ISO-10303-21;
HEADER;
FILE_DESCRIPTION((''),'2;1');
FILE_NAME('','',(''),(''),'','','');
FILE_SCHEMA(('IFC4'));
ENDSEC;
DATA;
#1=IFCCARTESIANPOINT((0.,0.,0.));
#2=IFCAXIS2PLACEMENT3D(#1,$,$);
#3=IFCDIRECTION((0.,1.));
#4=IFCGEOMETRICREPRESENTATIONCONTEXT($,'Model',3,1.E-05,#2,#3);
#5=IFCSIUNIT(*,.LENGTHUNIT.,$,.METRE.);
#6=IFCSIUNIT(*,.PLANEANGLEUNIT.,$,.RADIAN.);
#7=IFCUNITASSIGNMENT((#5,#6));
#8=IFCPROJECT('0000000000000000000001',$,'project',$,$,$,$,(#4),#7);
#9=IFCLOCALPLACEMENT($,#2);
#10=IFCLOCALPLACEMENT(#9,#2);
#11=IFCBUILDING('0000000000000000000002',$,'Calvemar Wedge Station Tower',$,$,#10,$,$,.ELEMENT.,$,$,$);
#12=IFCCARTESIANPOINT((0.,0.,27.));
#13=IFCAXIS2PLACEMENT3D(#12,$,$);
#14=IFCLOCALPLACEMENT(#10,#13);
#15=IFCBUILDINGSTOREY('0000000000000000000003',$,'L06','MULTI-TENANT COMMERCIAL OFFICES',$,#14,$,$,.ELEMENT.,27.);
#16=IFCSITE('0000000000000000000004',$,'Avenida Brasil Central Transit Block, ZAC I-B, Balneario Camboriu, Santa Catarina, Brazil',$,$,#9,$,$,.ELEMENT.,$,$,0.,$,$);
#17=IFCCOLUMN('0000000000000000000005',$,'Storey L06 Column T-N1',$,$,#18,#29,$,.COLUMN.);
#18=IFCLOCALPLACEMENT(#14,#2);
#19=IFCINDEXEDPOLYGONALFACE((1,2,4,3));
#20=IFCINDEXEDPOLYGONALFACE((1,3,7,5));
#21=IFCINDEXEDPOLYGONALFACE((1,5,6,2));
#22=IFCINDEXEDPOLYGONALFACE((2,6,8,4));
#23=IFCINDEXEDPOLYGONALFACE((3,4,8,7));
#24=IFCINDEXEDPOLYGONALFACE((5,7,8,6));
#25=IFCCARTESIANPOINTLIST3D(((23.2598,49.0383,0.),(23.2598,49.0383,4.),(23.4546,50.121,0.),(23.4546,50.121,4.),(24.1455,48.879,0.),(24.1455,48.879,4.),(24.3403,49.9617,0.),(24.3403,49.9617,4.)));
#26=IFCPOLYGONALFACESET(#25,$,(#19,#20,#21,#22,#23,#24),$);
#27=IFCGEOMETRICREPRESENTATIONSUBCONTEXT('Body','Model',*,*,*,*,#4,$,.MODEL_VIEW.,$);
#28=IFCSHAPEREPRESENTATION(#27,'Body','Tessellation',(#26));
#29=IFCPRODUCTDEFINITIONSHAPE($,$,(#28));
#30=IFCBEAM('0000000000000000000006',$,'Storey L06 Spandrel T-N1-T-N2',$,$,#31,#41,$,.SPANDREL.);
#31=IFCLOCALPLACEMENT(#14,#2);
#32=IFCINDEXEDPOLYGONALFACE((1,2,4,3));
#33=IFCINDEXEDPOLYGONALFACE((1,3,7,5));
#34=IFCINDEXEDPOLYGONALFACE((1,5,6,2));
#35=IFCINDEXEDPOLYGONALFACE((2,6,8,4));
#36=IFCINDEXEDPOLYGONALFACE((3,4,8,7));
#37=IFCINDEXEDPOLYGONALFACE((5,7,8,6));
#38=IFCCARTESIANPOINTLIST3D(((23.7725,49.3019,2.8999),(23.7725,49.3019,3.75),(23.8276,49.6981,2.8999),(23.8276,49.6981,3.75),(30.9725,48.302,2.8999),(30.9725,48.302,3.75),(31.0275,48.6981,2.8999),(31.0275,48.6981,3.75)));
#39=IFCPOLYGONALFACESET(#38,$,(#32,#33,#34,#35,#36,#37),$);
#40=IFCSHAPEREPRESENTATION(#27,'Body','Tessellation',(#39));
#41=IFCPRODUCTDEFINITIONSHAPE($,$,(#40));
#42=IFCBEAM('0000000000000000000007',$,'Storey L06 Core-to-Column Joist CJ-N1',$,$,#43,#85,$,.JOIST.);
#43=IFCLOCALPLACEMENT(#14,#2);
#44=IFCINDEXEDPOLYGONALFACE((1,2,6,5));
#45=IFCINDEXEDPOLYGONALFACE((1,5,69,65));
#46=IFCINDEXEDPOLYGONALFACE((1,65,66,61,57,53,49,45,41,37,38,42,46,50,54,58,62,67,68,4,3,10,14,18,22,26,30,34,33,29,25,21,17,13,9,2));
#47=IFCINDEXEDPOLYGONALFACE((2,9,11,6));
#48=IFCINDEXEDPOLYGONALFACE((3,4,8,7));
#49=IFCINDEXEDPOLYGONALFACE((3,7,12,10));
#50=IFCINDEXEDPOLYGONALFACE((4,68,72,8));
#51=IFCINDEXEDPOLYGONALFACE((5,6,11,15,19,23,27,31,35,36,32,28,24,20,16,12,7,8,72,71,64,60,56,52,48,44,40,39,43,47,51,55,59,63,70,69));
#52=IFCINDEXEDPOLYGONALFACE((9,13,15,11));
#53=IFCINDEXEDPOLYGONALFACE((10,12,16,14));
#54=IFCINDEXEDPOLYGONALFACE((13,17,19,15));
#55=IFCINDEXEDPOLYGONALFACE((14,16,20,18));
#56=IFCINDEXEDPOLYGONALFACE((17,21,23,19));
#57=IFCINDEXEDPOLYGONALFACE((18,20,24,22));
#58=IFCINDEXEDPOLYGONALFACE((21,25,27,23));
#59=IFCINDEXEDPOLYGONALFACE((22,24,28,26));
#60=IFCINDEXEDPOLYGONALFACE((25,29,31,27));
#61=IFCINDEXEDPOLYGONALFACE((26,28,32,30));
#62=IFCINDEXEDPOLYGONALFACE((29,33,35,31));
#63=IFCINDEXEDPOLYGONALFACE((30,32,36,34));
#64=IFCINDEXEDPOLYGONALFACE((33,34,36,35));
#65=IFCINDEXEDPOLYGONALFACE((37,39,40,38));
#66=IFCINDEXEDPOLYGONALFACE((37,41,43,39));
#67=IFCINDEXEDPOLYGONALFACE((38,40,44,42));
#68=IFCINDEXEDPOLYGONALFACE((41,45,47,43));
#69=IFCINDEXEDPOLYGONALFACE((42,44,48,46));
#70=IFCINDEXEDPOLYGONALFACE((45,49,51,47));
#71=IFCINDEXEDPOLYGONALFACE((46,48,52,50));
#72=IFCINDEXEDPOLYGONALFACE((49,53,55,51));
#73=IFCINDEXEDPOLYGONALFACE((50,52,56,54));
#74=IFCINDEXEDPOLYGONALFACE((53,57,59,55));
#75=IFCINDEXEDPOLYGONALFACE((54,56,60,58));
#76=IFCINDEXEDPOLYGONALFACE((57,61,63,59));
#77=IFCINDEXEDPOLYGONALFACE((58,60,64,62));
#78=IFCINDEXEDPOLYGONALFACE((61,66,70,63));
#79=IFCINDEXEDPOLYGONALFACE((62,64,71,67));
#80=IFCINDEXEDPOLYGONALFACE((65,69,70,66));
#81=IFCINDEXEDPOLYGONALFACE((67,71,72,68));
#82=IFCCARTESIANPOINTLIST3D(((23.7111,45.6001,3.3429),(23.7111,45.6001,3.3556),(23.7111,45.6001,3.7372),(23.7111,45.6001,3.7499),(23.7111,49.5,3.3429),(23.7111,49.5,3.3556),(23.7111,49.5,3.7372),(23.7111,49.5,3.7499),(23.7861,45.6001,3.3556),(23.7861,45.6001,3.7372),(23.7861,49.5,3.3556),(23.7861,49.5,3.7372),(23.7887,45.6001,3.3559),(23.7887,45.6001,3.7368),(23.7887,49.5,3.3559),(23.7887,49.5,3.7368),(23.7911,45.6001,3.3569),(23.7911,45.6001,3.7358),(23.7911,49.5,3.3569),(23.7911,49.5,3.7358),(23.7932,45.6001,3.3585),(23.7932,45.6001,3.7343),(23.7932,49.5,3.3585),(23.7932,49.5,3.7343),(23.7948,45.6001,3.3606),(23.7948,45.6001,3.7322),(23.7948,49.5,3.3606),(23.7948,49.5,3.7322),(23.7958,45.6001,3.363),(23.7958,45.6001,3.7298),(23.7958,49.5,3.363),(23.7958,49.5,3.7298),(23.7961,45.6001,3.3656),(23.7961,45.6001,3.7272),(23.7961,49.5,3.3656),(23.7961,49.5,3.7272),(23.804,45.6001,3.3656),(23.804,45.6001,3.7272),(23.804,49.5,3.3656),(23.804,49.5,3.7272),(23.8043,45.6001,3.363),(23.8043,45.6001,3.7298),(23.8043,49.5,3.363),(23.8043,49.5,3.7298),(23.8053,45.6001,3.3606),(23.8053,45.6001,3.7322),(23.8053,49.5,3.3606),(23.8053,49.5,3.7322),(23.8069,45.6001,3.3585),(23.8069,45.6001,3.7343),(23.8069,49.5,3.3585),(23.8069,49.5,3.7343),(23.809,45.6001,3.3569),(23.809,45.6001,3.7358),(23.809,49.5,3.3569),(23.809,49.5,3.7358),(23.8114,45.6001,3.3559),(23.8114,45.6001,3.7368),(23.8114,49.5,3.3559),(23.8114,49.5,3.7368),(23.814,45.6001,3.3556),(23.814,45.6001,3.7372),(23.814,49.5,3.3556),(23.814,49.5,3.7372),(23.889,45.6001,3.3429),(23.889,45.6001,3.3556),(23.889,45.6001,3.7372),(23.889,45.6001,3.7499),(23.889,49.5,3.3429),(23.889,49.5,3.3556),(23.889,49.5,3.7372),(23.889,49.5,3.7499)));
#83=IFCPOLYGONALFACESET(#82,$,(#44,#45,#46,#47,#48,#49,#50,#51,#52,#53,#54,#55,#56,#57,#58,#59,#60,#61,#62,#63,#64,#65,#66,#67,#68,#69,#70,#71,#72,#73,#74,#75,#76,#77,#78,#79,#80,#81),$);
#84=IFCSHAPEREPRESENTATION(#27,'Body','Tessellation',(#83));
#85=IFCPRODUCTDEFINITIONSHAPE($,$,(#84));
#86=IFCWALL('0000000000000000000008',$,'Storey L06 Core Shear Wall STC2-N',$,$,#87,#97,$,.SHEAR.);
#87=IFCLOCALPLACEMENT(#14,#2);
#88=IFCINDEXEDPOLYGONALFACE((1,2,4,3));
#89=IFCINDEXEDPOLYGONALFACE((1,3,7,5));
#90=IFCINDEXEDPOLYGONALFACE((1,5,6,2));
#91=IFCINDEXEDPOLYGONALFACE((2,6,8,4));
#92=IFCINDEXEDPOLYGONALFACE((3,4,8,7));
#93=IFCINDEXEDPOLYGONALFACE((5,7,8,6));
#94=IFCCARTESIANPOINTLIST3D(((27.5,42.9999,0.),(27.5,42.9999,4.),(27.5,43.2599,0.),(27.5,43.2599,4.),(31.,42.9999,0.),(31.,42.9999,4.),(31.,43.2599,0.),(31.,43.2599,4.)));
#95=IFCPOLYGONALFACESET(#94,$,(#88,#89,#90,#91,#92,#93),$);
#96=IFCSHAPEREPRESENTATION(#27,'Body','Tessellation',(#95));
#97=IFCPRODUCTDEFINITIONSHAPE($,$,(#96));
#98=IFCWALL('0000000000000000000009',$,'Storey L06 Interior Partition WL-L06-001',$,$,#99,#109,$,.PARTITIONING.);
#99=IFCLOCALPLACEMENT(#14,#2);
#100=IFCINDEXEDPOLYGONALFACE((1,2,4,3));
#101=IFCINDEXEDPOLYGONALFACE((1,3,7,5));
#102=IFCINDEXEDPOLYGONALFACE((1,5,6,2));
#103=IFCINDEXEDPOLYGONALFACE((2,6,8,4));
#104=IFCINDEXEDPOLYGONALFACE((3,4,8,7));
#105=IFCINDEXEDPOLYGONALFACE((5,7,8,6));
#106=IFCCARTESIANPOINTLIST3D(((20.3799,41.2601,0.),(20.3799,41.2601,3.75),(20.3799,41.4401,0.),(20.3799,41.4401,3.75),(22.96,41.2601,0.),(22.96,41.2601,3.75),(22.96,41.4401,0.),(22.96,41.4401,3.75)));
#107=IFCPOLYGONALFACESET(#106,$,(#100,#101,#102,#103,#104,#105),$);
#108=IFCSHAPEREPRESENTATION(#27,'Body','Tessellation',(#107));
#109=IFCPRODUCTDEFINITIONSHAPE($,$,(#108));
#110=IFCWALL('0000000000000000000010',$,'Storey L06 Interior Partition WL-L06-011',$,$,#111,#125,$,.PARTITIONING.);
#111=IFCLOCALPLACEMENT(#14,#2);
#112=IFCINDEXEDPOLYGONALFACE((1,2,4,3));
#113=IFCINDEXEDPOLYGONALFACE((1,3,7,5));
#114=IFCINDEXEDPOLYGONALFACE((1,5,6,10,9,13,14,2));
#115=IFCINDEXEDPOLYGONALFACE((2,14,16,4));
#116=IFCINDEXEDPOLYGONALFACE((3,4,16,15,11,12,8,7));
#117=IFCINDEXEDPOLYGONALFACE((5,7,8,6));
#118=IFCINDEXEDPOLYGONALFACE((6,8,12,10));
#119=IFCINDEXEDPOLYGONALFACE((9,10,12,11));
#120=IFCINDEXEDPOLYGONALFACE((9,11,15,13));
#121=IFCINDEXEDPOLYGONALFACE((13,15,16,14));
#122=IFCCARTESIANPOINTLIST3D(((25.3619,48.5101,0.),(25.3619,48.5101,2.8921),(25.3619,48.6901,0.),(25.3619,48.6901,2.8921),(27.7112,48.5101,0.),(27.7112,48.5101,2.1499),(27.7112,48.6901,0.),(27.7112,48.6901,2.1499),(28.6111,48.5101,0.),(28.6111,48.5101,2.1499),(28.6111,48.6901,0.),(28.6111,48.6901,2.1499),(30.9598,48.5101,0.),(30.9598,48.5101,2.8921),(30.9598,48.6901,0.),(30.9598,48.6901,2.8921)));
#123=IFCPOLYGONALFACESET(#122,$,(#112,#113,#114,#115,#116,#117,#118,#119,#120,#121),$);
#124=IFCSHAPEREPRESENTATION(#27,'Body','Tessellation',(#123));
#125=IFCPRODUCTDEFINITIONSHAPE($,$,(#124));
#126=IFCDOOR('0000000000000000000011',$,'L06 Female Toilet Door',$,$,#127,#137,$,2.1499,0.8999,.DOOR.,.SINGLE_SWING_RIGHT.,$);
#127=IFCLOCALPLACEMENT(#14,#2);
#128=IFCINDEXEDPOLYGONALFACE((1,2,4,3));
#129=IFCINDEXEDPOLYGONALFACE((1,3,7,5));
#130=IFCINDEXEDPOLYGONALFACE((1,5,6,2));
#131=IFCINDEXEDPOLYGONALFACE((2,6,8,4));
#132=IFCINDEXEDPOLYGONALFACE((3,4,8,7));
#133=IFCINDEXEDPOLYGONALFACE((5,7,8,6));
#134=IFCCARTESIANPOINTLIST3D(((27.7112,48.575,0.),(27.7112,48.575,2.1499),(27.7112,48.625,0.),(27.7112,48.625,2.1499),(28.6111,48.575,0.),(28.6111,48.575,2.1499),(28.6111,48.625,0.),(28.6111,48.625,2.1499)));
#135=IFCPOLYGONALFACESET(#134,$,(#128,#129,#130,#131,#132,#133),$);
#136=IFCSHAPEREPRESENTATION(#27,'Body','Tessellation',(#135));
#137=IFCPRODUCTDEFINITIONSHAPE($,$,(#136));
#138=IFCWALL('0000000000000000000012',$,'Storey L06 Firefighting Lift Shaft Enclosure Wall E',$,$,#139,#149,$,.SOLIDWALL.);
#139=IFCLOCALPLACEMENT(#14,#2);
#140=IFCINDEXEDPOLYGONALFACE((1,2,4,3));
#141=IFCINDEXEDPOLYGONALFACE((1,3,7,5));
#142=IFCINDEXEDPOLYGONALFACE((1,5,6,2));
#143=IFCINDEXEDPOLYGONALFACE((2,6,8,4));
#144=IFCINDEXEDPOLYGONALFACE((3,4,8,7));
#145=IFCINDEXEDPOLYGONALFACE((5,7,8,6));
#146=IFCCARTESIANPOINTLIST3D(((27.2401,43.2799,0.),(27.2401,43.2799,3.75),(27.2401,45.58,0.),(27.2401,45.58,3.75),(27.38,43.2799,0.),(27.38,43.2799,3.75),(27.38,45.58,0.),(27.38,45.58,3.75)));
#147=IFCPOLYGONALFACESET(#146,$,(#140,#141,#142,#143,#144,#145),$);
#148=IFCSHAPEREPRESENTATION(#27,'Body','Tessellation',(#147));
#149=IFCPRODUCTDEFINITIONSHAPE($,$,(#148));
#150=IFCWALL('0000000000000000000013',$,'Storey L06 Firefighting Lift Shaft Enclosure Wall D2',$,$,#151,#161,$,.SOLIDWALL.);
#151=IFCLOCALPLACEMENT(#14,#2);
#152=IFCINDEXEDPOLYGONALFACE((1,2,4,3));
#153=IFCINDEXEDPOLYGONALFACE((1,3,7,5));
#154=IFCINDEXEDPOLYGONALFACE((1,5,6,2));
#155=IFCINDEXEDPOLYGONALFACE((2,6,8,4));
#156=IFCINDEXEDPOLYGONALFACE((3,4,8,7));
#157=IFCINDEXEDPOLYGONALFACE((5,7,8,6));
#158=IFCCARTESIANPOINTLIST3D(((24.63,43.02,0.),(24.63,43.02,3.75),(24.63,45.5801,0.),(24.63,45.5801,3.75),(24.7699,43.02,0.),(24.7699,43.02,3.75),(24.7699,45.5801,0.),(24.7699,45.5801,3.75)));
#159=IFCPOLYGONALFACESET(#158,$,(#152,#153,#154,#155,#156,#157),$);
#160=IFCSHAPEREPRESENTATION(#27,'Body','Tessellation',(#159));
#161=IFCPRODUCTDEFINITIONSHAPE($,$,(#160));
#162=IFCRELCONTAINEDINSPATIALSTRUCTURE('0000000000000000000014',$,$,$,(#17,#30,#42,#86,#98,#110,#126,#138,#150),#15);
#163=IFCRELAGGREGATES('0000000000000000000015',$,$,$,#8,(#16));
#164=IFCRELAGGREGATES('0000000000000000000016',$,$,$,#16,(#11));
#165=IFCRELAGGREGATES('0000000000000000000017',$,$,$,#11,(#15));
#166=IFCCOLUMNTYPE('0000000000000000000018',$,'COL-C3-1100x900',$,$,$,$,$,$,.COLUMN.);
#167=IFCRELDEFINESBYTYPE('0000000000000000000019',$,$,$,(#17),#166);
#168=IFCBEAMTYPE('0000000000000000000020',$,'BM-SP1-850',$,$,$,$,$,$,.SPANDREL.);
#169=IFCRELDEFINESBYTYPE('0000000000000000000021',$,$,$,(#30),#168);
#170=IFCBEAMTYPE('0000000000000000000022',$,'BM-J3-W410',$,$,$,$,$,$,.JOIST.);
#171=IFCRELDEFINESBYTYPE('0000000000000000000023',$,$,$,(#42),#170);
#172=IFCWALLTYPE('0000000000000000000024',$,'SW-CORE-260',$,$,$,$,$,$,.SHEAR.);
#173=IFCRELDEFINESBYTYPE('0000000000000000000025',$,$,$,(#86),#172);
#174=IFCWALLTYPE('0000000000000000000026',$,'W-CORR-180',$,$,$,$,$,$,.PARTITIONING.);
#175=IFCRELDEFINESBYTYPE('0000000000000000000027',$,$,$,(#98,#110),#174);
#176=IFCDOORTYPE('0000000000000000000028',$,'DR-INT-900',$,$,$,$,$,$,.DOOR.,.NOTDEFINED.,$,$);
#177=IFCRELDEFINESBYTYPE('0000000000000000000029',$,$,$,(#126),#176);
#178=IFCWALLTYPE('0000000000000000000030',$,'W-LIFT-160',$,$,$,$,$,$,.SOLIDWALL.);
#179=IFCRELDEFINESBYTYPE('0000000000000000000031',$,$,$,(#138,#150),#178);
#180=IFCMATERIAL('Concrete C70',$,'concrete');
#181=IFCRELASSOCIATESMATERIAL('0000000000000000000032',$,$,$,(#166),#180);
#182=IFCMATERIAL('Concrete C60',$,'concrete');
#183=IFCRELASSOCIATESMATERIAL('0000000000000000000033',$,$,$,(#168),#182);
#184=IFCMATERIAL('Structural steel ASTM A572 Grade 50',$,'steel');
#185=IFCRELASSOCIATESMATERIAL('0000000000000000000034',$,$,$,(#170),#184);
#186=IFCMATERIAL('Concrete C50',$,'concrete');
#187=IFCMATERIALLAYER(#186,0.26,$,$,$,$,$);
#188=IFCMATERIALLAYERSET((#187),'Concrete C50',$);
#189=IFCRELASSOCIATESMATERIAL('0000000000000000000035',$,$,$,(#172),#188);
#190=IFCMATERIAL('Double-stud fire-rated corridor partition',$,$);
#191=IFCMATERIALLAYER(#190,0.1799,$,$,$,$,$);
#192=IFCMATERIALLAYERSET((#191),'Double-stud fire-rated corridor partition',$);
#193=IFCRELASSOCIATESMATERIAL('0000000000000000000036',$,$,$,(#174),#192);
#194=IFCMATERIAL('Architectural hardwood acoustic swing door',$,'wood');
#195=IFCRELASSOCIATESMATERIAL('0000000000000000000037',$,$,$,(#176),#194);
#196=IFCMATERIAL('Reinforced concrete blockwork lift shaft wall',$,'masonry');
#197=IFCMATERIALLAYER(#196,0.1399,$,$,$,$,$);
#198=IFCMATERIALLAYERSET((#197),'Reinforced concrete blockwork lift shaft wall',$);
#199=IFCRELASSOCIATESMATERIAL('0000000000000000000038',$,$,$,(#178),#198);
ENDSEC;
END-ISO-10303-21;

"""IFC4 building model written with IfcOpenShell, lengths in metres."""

from ifc_helpers import new_model, si_unit, direction, frame, frame_2d, origin, origin_2d, place, context, subcontext, project, spatial, rectangle, i_section, extrude, source, transform, mapped, material, layer, layer_set, material_profile, profile_set, type_object, element, fill, save


model = new_model("IFC4")

# Units and contexts
model_context = context("Model", 3, precision=1e-05, world=origin(), true_north=direction((0.0, 1.0)))
body_context = subcontext(model_context, "Body", "Model", "MODEL_VIEW")
ifc_project = project(units=[si_unit("LENGTHUNIT", "METRE"), si_unit("PLANEANGLEUNIT", "RADIAN")], contexts=[model_context])

# Site, building, storey
site_placement = place(None, origin())
site = spatial("IfcSite", under=ifc_project, at=site_placement, Name="Avenida Brasil Central Transit Block, ZAC I-B, Balneario Camboriu, Santa Catarina, Brazil", CompositionType="ELEMENT", RefElevation=0.0)
building_placement = place(site_placement, origin())
building = spatial("IfcBuilding", under=site, at=building_placement, Name="Calvemar Wedge Station Tower", CompositionType="ELEMENT")
storey_placement = place(building_placement, frame((0.0, 0.0, 27.0)))
storey = spatial("IfcBuildingStorey", under=building, at=storey_placement, Name="L06", Description="MULTI-TENANT COMMERCIAL OFFICES", CompositionType="ELEMENT", Elevation=27.0)

# Column
ifc_material_1 = material(Name="Concrete C70", Category="concrete")
ifc_material_profile_1 = material_profile(ifc_material_1, rectangle(XDim=0.8999, YDim=1.1001, at=origin_2d()), Name="RC1100x900")
ifc_profile_set_1 = profile_set([ifc_material_profile_1], Name="Concrete C70")
column_type = type_object("IfcColumnType", Name="COL-C3-1100x900", PredefinedType="COLUMN", material=ifc_profile_set_1)
shared_shape_1 = source(origin(), body_context, "Body", "SweptSolid", [
    extrude(rectangle(XDim=0.8999, YDim=1.1001, at=origin_2d()), origin(), (0.0, 0.0, 1.0), 4.0),
])
column_placement = place(storey_placement, frame((23.8, 49.5, 0.0), z_axis=(0.0, 0.0, 1.0), x_axis=(0.984196, -0.177085, 0.0)))
element("IfcColumn", 1, at=column_placement, inside=storey, type_object=column_type, Name="Storey L06 Column T-N1", PredefinedType="COLUMN", context=body_context, shape_type="MappedRepresentation", body=[
    mapped(shared_shape_1, transform((0.0, 0.0, 0.0), scale=1.0)),
])

# Beams
ifc_material_2 = material(Name="Concrete C60", Category="concrete")
ifc_material_profile_2 = material_profile(ifc_material_2, rectangle(XDim=0.3999, YDim=0.8501, at=origin_2d()), Name="RC400x850")
ifc_profile_set_2 = profile_set([ifc_material_profile_2], Name="Concrete C60")
beam_type_1 = type_object("IfcBeamType", Name="BM-SP1-850", PredefinedType="SPANDREL", material=ifc_profile_set_2)
shared_shape_2 = source(origin(), body_context, "Body", "SweptSolid", [
    extrude(rectangle(XDim=0.3999, YDim=0.8501, at=origin_2d()), origin(), (0.0, 0.0, 1.0), 7.269),
])
beam_1_placement = place(storey_placement, frame((23.8, 49.5, 3.325), z_axis=(0.990492, -0.137569, 0.0), x_axis=(0.137569, 0.990492, 0.0)))
element("IfcBeam", 2, at=beam_1_placement, inside=storey, type_object=beam_type_1, Name="Storey L06 Spandrel T-N1-T-N2", PredefinedType="SPANDREL", context=body_context, shape_type="MappedRepresentation", body=[
    mapped(shared_shape_2, transform((0.0, 0.0, 0.0), scale=1.0)),
])
ifc_material_3 = material(Name="Structural steel ASTM A572 Grade 50", Category="steel")
ifc_material_profile_3 = material_profile(ifc_material_3, i_section(OverallWidth=0.178, OverallDepth=0.407, WebThickness=0.0078, FlangeThickness=0.0127, FilletRadius=0.01, at=origin_2d()), Name="W410x60")
ifc_profile_set_3 = profile_set([ifc_material_profile_3], Name="Structural steel ASTM A572 Grade 50")
beam_type_2 = type_object("IfcBeamType", Name="BM-J3-W410", PredefinedType="JOIST", material=ifc_profile_set_3)
shared_shape_3 = source(origin(), body_context, "Body", "SweptSolid", [
    extrude(i_section(OverallWidth=0.178, OverallDepth=0.407, WebThickness=0.0078, FlangeThickness=0.0127, FilletRadius=0.01, at=origin_2d()), origin(), (0.0, 0.0, 1.0), 3.8999),
])
beam_2_placement = place(storey_placement, frame((23.8, 45.6001, 3.5464), z_axis=(0.0, 1.0, 0.0), x_axis=(-1.0, 0.0, 0.0)))
element("IfcBeam", 3, at=beam_2_placement, inside=storey, type_object=beam_type_2, Name="Storey L06 Core-to-Column Joist CJ-N1", PredefinedType="JOIST", context=body_context, shape_type="MappedRepresentation", body=[
    mapped(shared_shape_3, transform((0.0, 0.0, 0.0), scale=1.0)),
])

# Walls
ifc_material_4 = material(Name="Concrete C50", Category="concrete")
ifc_layer_1 = layer(ifc_material_4, 0.26)
ifc_layer_set_1 = layer_set([ifc_layer_1], Name="Concrete C50")
wall_type_1 = type_object("IfcWallType", Name="SW-CORE-260", PredefinedType="SHEAR", material=ifc_layer_set_1)
wall_1_placement = place(storey_placement, frame((27.5, 43.1299, 0.0), z_axis=(0.0, 0.0, 1.0), x_axis=(1.0, 0.0, 0.0)))
element("IfcWall", 4, at=wall_1_placement, inside=storey, type_object=wall_type_1, Name="Storey L06 Core Shear Wall STC2-N", PredefinedType="SHEAR", context=body_context, shape_type="SweptSolid", body=[
    extrude(rectangle(XDim=3.5, YDim=0.26, at=frame_2d((1.75, 0.0))), origin(), (0.0, 0.0, 1.0), 4.0),
])
ifc_material_5 = material(Name="Double-stud fire-rated corridor partition")
ifc_layer_2 = layer(ifc_material_5, 0.1799)
ifc_layer_set_2 = layer_set([ifc_layer_2], Name="Double-stud fire-rated corridor partition")
wall_type_2 = type_object("IfcWallType", Name="W-CORR-180", PredefinedType="PARTITIONING", material=ifc_layer_set_2)
wall_2_placement = place(storey_placement, frame((22.96, 41.3501, 0.0), z_axis=(0.0, 0.0, 1.0), x_axis=(-1.0, 0.0, 0.0)))
element("IfcWall", 5, at=wall_2_placement, inside=storey, type_object=wall_type_2, Name="Storey L06 Interior Partition WL-L06-001", PredefinedType="PARTITIONING", context=body_context, shape_type="SweptSolid", body=[
    extrude(rectangle(XDim=2.5801, YDim=0.1799, at=frame_2d((1.29, 0.0))), origin(), (0.0, 0.0, 1.0), 3.75),
])

# Wall, opening, door
wall_3_placement = place(storey_placement, frame((25.3621, 48.6001, 0.0), z_axis=(0.0, 0.0, 1.0), x_axis=(1.0, 0.0, 0.0)))
wall_3 = element("IfcWall", 6, at=wall_3_placement, inside=storey, type_object=wall_type_2, Name="Storey L06 Interior Partition WL-L06-011", PredefinedType="PARTITIONING", context=body_context, shape_type="SweptSolid", body=[
    extrude(rectangle(XDim=5.5979, YDim=0.1799, at=frame_2d((2.7988, 0.0))), origin(), (0.0, 0.0, 1.0), 2.8921),
])
shared_shape_4 = source(origin(), body_context, "Body", "SweptSolid", [
    extrude(rectangle(XDim=0.8999, YDim=2.1499, at=frame_2d((0.45, 1.075))), frame((0.0, 0.1001, 0.0), z_axis=(0.0, -1.0, 0.0), x_axis=(1.0, 0.0, 0.0)), (0.0, 0.0, 1.0), 0.2),
])
opening_1_placement = place(wall_3_placement, frame((2.3491, 0.0, 0.0)))
opening_1 = element("IfcOpeningElement", 7, at=opening_1_placement, cuts=wall_3, PredefinedType="OPENING", context=body_context, shape_type="MappedRepresentation", body=[
    mapped(shared_shape_4, transform((0.0, 0.0, 0.0), scale=1.0)),
])
ifc_material_6 = material(Name="Architectural hardwood acoustic swing door", Category="wood")
door_type_1 = type_object("IfcDoorType", Name="DR-INT-900", OperationType="NOTDEFINED", PredefinedType="DOOR", material=ifc_material_6)
shared_shape_5 = source(origin(), body_context, "Body", "SweptSolid", [
    extrude(rectangle(XDim=0.8999, YDim=2.1499, at=frame_2d((0.45, 1.075))), frame((0.0, 0.0249, 0.0), z_axis=(0.0, -1.0, 0.0), x_axis=(1.0, 0.0, 0.0)), (0.0, 0.0, 1.0), 0.05),
])
door_1_placement = place(opening_1_placement, origin())
door_1 = element("IfcDoor", 8, at=door_1_placement, inside=storey, type_object=door_type_1, Name="L06 Female Toilet Door", OperationType="SINGLE_SWING_RIGHT", OverallHeight=2.1499, OverallWidth=0.8999, PredefinedType="DOOR", context=body_context, shape_type="MappedRepresentation", body=[
    mapped(shared_shape_5, transform((0.0, 0.0, 0.0), scale=1.0)),
])
fill(opening_1, door_1)

# Walls
ifc_material_7 = material(Name="Reinforced concrete blockwork lift shaft wall", Category="masonry")
ifc_layer_3 = layer(ifc_material_7, 0.1399)
ifc_layer_set_3 = layer_set([ifc_layer_3], Name="Reinforced concrete blockwork lift shaft wall")
wall_type_3 = type_object("IfcWallType", Name="W-LIFT-160", PredefinedType="SOLIDWALL", material=ifc_layer_set_3)
wall_4_placement = place(storey_placement, frame((27.3101, 43.28, 0.0), z_axis=(0.0, 0.0, 1.0), x_axis=(0.0, 1.0, 0.0)))
element("IfcWall", 9, at=wall_4_placement, inside=storey, type_object=wall_type_3, Name="Storey L06 Firefighting Lift Shaft Enclosure Wall E", PredefinedType="SOLIDWALL", context=body_context, shape_type="SweptSolid", body=[
    extrude(rectangle(XDim=2.3, YDim=0.1399, at=frame_2d((1.1499, 0.0))), origin(), (0.0, 0.0, 1.0), 3.75),
])
wall_5_placement = place(storey_placement, frame((24.7, 43.02, 0.0), z_axis=(0.0, 0.0, 1.0), x_axis=(0.0, 1.0, 0.0)))
element("IfcWall", 10, at=wall_5_placement, inside=storey, type_object=wall_type_3, Name="Storey L06 Firefighting Lift Shaft Enclosure Wall D2", PredefinedType="SOLIDWALL", context=body_context, shape_type="SweptSolid", body=[
    extrude(rectangle(XDim=2.5601, YDim=0.1399, at=frame_2d((1.28, 0.0))), origin(), (0.0, 0.0, 1.0), 3.75),
])

save(model, "model.ifc")
